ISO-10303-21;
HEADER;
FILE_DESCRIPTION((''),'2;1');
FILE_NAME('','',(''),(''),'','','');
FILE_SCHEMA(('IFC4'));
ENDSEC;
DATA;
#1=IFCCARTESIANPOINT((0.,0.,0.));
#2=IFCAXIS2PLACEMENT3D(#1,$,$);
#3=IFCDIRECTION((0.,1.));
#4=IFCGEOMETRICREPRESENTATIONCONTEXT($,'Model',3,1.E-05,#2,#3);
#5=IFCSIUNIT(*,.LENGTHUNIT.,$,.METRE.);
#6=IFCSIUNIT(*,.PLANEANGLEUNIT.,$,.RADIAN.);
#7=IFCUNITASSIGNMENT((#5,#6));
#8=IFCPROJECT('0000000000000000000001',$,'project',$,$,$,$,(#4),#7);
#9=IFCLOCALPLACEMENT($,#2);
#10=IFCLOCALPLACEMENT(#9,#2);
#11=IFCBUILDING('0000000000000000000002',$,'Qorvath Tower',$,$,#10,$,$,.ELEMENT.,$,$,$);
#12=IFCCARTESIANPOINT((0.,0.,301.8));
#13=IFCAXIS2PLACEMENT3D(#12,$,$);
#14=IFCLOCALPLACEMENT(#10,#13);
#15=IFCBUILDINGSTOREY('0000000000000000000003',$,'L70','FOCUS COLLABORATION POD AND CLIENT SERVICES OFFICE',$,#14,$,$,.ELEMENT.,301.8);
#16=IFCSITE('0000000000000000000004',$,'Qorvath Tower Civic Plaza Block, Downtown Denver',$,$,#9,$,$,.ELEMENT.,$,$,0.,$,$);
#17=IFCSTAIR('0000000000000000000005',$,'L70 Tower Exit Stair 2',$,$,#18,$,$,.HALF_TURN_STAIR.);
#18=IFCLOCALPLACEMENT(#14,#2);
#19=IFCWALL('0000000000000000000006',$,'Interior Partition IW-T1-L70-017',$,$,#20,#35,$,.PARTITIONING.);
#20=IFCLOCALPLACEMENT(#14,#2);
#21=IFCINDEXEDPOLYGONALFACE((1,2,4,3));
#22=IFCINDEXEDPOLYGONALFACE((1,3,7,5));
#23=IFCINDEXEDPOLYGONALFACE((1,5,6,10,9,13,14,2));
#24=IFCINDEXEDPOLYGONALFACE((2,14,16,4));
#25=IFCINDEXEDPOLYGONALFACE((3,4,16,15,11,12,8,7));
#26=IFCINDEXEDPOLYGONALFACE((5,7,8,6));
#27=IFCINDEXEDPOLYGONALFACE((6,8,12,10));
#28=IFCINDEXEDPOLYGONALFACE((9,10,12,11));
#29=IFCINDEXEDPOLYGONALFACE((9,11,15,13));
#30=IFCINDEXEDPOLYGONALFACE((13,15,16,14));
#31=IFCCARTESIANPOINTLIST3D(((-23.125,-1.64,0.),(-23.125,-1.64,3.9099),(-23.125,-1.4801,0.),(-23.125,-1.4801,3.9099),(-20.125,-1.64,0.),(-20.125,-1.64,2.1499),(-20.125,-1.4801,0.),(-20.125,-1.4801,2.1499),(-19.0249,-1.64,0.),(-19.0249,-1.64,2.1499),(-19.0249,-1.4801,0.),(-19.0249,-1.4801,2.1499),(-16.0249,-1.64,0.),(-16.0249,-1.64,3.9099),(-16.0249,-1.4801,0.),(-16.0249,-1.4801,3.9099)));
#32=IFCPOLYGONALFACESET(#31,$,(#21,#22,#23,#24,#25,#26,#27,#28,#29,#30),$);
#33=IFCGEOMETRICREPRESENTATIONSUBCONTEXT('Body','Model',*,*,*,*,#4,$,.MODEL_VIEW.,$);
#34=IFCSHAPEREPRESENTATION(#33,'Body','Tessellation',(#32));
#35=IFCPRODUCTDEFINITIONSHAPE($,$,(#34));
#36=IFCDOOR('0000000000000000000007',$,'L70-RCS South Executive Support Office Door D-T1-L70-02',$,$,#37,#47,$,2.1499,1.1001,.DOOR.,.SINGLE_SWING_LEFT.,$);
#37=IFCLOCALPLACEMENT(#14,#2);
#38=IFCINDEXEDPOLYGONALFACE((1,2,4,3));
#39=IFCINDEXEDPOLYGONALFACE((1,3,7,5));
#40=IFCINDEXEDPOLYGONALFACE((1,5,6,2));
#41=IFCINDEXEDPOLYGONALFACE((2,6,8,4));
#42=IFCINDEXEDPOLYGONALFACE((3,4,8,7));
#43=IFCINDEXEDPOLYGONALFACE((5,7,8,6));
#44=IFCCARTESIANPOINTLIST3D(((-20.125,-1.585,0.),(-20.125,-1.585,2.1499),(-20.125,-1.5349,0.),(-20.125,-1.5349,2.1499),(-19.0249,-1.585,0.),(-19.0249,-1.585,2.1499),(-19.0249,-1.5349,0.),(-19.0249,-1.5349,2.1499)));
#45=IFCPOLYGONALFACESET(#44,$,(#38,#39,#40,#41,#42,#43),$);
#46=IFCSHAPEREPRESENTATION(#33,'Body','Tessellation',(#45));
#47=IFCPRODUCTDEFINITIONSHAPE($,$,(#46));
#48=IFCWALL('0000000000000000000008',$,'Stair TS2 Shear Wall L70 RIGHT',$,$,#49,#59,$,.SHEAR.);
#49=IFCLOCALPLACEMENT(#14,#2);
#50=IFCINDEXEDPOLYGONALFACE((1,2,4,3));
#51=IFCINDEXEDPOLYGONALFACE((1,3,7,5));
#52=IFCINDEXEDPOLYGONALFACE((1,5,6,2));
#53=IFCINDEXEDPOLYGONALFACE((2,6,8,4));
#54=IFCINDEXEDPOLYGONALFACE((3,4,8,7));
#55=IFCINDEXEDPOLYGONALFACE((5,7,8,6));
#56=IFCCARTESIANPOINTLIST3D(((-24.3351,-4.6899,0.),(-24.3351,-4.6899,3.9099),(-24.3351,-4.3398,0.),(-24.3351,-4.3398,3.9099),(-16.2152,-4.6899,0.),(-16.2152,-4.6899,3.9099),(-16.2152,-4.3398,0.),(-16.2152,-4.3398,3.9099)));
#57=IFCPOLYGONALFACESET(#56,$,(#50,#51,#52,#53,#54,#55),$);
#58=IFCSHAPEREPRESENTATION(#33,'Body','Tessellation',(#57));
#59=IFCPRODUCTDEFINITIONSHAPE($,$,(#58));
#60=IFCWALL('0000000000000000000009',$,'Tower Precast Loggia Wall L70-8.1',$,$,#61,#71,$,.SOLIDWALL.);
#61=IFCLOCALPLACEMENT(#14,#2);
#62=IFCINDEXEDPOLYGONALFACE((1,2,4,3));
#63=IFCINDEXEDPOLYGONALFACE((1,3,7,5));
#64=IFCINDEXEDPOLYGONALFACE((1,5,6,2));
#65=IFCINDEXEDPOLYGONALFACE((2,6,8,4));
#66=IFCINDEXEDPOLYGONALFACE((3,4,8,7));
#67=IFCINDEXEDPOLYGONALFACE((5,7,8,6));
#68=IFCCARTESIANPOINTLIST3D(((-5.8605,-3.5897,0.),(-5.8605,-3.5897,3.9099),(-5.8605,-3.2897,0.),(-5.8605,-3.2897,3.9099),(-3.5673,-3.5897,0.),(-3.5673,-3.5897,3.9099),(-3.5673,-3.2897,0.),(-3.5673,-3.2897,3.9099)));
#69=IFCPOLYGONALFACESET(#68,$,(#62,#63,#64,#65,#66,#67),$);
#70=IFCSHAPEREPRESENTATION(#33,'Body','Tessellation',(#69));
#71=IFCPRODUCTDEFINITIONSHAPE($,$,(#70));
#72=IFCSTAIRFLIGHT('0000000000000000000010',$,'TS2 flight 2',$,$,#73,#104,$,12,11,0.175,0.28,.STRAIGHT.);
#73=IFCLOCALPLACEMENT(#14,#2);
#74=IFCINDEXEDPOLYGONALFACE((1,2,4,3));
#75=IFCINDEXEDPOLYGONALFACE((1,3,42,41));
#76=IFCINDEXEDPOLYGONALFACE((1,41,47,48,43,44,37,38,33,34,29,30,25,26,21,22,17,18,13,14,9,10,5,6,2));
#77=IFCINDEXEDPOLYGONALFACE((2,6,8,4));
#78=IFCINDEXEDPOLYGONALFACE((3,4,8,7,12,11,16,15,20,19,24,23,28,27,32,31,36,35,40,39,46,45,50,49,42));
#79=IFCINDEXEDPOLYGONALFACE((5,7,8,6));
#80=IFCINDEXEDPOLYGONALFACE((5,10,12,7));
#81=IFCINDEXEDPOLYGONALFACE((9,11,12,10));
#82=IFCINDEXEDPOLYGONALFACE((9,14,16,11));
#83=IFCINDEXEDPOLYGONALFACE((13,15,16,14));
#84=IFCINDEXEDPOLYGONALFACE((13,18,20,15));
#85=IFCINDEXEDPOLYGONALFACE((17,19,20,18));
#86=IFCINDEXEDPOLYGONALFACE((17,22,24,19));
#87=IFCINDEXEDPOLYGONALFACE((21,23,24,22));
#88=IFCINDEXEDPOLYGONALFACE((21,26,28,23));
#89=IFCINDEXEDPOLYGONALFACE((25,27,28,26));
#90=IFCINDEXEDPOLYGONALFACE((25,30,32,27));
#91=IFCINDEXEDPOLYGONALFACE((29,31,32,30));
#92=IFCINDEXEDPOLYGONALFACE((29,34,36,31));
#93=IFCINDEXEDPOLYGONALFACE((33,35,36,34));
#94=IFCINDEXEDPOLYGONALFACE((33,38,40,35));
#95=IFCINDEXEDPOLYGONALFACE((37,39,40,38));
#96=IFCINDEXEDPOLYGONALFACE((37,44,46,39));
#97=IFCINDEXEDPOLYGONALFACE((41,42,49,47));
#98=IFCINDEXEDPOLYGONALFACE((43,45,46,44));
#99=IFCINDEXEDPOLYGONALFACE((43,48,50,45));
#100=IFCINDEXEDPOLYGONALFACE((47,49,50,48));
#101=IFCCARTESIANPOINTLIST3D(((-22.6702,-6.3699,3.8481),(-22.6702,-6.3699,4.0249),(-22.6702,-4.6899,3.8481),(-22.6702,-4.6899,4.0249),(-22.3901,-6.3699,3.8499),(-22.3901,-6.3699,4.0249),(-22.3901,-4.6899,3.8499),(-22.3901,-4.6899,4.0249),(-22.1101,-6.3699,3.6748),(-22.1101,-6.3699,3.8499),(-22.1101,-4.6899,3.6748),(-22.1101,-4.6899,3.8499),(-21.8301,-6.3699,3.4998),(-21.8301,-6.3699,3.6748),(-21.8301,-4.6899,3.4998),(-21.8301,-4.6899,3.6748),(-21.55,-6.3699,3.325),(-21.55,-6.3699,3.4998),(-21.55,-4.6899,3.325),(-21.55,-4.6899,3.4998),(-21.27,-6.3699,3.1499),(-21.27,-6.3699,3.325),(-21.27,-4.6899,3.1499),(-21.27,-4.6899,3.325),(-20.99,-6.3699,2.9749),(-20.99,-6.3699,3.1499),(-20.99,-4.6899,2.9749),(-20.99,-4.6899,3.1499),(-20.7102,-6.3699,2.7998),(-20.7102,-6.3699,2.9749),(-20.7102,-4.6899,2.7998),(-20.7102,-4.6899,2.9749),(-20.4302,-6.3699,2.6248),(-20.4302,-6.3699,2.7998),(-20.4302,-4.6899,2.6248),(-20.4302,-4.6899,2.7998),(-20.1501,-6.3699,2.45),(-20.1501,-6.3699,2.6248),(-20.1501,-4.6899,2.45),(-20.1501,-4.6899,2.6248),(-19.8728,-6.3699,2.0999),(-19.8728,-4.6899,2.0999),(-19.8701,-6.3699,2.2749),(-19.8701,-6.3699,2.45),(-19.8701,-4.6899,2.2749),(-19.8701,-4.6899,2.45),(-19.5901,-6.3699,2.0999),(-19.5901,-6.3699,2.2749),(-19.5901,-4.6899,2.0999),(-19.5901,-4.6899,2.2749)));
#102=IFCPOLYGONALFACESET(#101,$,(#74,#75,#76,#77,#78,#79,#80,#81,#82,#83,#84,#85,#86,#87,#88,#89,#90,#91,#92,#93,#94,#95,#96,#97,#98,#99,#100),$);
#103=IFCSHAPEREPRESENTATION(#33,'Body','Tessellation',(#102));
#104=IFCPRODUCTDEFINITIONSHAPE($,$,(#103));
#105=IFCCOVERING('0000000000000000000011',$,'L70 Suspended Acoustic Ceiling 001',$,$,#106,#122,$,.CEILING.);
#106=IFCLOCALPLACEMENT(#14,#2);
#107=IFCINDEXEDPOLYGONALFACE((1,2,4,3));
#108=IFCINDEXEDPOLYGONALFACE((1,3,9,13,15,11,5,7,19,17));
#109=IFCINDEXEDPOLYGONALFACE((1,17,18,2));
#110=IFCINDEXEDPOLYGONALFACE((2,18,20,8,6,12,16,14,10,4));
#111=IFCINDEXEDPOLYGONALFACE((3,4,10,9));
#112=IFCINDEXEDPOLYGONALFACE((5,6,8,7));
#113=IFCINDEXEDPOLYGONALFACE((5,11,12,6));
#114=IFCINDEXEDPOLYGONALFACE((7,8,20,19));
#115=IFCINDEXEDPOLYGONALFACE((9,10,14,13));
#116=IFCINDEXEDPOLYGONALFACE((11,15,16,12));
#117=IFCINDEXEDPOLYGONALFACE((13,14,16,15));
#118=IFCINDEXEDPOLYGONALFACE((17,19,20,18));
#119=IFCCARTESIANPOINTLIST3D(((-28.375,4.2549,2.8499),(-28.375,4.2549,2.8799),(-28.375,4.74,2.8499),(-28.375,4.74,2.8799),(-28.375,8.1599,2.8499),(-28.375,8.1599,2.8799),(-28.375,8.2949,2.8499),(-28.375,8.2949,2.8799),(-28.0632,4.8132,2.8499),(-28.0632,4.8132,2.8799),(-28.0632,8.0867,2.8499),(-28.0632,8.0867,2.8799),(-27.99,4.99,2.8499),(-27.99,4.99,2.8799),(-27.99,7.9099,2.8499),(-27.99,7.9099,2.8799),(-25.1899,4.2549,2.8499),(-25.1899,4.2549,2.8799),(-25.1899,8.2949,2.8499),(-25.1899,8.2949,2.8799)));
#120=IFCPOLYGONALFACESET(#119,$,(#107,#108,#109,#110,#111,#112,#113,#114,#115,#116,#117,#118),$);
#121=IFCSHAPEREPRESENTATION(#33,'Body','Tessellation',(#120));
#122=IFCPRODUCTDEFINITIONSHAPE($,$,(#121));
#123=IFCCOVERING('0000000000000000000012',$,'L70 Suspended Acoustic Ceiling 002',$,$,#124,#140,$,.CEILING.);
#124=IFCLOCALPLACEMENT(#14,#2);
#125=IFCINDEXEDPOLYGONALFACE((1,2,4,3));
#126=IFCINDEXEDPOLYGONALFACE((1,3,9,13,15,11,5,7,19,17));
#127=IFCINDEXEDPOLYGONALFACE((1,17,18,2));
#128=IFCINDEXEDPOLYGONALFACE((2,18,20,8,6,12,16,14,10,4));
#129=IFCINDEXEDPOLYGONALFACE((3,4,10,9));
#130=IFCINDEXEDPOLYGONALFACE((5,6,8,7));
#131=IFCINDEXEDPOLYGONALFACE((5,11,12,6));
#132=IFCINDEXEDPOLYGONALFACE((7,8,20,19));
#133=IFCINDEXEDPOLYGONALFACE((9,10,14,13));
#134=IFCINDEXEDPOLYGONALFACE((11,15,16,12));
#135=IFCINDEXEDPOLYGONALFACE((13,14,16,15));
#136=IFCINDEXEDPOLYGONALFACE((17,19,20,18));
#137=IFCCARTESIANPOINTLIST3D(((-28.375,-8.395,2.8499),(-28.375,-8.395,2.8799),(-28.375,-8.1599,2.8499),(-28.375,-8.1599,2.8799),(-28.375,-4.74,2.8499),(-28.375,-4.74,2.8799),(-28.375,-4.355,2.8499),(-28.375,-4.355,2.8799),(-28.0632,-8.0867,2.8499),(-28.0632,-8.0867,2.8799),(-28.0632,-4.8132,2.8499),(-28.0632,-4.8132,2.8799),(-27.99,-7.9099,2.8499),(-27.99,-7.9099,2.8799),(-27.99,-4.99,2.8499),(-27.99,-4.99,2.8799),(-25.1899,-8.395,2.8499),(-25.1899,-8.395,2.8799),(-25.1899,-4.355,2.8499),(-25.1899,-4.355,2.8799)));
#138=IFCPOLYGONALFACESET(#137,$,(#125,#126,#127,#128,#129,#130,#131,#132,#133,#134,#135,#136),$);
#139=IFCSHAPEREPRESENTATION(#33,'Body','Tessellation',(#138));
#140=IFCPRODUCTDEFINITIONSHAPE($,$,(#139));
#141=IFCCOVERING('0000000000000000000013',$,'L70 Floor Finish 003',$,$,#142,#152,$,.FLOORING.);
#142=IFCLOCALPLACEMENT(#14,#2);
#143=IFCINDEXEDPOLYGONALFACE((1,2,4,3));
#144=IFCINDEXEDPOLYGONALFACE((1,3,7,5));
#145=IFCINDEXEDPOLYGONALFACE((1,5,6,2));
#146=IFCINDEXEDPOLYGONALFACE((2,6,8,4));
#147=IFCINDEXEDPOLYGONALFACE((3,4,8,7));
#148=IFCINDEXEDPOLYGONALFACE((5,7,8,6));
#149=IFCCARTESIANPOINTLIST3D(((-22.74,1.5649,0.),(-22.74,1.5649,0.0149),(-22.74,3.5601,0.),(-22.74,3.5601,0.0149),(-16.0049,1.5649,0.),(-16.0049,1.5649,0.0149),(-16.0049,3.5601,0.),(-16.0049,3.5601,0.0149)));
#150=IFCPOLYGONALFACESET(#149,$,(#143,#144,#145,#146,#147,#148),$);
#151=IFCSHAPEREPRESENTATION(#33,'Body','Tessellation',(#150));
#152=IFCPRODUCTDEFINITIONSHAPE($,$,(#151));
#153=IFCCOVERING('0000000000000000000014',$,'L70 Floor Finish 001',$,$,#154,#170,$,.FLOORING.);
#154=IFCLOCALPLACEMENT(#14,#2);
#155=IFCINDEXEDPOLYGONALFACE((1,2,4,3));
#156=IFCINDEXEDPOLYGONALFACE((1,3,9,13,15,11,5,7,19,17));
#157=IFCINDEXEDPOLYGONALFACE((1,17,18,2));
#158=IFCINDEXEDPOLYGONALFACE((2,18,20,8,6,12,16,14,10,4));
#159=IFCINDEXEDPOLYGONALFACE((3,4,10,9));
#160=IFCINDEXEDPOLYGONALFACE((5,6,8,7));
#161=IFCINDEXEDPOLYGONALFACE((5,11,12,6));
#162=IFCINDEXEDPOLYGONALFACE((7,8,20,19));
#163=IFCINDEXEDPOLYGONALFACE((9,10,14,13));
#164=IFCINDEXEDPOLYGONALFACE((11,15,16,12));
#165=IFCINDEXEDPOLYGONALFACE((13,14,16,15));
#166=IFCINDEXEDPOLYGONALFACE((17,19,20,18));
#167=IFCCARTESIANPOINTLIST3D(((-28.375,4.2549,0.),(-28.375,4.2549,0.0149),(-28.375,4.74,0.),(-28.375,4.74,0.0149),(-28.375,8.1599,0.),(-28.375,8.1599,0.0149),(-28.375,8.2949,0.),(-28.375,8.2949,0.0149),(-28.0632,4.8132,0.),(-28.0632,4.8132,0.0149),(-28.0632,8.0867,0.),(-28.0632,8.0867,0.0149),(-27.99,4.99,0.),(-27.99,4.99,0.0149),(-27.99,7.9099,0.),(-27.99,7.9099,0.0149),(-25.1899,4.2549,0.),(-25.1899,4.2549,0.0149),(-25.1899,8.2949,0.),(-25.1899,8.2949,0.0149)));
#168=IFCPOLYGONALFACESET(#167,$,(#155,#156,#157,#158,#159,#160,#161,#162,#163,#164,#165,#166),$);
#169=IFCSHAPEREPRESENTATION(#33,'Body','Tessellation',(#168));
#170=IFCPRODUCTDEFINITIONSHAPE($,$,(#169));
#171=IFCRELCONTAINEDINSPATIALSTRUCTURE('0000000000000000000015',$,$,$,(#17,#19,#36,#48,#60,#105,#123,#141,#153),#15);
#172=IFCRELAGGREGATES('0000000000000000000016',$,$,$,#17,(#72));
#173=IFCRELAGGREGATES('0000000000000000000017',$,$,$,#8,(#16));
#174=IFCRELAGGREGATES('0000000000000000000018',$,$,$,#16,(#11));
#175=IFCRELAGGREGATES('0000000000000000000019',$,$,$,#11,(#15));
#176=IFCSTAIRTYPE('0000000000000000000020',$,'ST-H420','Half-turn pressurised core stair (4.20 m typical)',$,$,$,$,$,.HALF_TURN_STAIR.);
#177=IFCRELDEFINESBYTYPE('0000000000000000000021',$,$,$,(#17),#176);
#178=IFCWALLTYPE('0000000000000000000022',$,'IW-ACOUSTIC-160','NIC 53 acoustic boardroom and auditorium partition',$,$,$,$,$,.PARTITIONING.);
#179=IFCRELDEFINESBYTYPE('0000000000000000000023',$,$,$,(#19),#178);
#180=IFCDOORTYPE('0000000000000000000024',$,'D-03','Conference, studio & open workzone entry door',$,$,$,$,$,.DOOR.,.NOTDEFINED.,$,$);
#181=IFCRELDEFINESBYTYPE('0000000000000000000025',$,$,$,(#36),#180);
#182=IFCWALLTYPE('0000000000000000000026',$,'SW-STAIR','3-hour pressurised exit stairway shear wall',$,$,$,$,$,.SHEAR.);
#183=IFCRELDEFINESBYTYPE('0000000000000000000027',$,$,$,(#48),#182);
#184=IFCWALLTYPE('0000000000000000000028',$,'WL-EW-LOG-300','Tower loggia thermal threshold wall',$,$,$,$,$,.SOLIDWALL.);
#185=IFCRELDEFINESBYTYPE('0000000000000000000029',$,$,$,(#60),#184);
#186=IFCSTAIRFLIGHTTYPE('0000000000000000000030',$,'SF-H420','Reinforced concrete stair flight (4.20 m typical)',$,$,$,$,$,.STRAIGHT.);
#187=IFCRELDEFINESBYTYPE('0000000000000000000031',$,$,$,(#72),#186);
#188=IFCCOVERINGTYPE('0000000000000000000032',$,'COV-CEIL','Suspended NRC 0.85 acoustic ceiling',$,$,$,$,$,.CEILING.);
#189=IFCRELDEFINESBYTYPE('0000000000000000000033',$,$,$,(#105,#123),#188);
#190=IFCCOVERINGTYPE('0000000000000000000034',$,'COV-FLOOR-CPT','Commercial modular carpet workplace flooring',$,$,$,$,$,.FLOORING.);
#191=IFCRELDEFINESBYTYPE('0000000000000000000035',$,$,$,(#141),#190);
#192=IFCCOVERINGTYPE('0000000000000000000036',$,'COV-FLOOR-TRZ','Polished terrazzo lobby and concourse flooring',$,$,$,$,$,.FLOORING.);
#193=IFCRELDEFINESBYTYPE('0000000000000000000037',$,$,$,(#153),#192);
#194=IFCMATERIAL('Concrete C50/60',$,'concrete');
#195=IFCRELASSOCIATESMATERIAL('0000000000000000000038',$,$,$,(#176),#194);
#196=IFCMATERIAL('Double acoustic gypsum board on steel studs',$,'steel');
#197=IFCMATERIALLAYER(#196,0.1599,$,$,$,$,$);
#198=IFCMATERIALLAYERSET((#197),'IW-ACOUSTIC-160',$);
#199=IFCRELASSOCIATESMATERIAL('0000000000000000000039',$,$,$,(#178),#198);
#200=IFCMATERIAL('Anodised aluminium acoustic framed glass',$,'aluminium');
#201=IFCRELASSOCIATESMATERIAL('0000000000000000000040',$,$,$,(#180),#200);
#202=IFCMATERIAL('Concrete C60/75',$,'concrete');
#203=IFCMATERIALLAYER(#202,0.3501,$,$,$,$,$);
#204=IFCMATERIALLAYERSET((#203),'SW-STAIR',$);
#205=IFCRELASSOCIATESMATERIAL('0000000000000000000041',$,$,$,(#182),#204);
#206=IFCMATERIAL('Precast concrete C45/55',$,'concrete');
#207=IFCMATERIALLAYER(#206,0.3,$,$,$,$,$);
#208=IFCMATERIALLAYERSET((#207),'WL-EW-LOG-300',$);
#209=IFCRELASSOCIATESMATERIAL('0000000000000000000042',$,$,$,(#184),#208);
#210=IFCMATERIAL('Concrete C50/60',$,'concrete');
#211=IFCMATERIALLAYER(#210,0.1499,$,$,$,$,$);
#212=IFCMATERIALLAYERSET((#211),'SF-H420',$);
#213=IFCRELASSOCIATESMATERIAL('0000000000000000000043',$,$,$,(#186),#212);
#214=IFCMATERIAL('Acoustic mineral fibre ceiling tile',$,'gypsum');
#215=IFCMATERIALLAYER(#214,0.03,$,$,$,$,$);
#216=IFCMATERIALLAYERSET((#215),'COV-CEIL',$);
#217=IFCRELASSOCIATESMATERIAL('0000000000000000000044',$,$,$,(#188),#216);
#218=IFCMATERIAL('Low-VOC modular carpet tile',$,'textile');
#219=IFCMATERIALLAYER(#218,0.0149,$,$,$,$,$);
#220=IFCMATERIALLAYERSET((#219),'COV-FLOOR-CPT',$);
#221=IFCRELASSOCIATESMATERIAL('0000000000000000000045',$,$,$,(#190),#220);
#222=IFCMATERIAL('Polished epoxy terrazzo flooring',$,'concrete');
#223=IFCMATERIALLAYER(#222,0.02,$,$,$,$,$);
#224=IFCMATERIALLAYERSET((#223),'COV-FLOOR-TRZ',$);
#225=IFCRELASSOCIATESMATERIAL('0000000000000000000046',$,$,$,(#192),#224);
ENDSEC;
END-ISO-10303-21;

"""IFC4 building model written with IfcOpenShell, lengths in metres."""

from ifc_helpers import new_model, si_unit, direction, frame, frame_2d, origin, place, context, subcontext, project, spatial, polyline, rectangle, outline, extrude, material, layer, layer_set, type_object, element, fill, aggregate, save


model = new_model("IFC4")

# Units and contexts
model_context = context("Model", 3, precision=1e-05, world=origin(), true_north=direction((0.0, 1.0)))
body_context = subcontext(model_context, "Body", "Model", "MODEL_VIEW")
ifc_project = project(units=[si_unit("LENGTHUNIT", "METRE"), si_unit("PLANEANGLEUNIT", "RADIAN")], contexts=[model_context])

# Site, building, storey
site_placement = place(None, origin())
site = spatial("IfcSite", under=ifc_project, at=site_placement, Name="Qorvath Tower Civic Plaza Block, Downtown Denver", CompositionType="ELEMENT", RefElevation=0.0)
building_placement = place(site_placement, origin())
building = spatial("IfcBuilding", under=site, at=building_placement, Name="Qorvath Tower", CompositionType="ELEMENT")
storey_placement = place(building_placement, frame((0.0, 0.0, 301.8)))
storey = spatial("IfcBuildingStorey", under=building, at=storey_placement, Name="L70", Description="FOCUS COLLABORATION POD AND CLIENT SERVICES OFFICE", CompositionType="ELEMENT", Elevation=301.8)

# Stair
ifc_material_1 = material(Name="Concrete C50/60", Category="concrete")
stair_type = type_object("IfcStairType", Name="ST-H420", Description="Half-turn pressurised core stair (4.20 m typical)", PredefinedType="HALF_TURN_STAIR", material=ifc_material_1)
stair_1_placement = place(storey_placement, origin())
stair_1 = element("IfcStair", 1, at=stair_1_placement, inside=storey, type_object=stair_type, Name="L70 Tower Exit Stair 2", PredefinedType="HALF_TURN_STAIR")

# Shared definitions
ifc_material_2 = material(Name="Double acoustic gypsum board on steel studs", Category="steel")
ifc_layer_1 = layer(ifc_material_2, 0.1599)
ifc_layer_set_1 = layer_set([ifc_layer_1], Name="IW-ACOUSTIC-160")
wall_type_1 = type_object("IfcWallType", Name="IW-ACOUSTIC-160", Description="NIC 53 acoustic boardroom and auditorium partition", PredefinedType="PARTITIONING", material=ifc_layer_set_1)

# Wall, opening, door
wall_1_placement = place(storey_placement, frame((-16.0249, -1.5601, 0.0), z_axis=(0.0, 0.0, 1.0), x_axis=(-1.0, 0.0, 0.0)))
wall_1 = element("IfcWall", 2, at=wall_1_placement, inside=storey, type_object=wall_type_1, Name="Interior Partition IW-T1-L70-017", PredefinedType="PARTITIONING", context=body_context, shape_type="SweptSolid", body=[
    extrude(rectangle(XDim=7.1001, YDim=0.1599, at=frame_2d((3.55, 0.0))), origin(), (0.0, 0.0, 1.0), 3.9099),
])
opening_placement = place(wall_1_placement, frame((3.0, 0.0, 0.0)))
opening = element("IfcOpeningElement", 3, at=opening_placement, cuts=wall_1, PredefinedType="OPENING", context=body_context, shape_type="SweptSolid", body=[
    extrude(rectangle(XDim=1.1001, YDim=2.1499, at=frame_2d((0.55, 1.075))), frame((0.0, 0.0898, 0.0), z_axis=(0.0, -1.0, 0.0), x_axis=(1.0, 0.0, 0.0)), (0.0, 0.0, 1.0), 0.1799),
])
ifc_material_3 = material(Name="Anodised aluminium acoustic framed glass", Category="aluminium")
door_type = type_object("IfcDoorType", Name="D-03", Description="Conference, studio & open workzone entry door", OperationType="NOTDEFINED", PredefinedType="DOOR", material=ifc_material_3)
door_placement = place(opening_placement, origin())
door = element("IfcDoor", 4, at=door_placement, inside=storey, type_object=door_type, Name="L70-RCS South Executive Support Office Door D-T1-L70-02", OperationType="SINGLE_SWING_LEFT", OverallHeight=2.1499, OverallWidth=1.1001, PredefinedType="DOOR", context=body_context, shape_type="SweptSolid", body=[
    extrude(rectangle(XDim=1.1001, YDim=2.1499, at=frame_2d((0.55, 1.075))), frame((0.0, 0.0249, 0.0), z_axis=(0.0, -1.0, 0.0), x_axis=(1.0, 0.0, 0.0)), (0.0, 0.0, 1.0), 0.05),
])
fill(opening, door)

# Walls
ifc_material_4 = material(Name="Concrete C60/75", Category="concrete")
ifc_layer_2 = layer(ifc_material_4, 0.3501)
ifc_layer_set_2 = layer_set([ifc_layer_2], Name="SW-STAIR")
wall_type_2 = type_object("IfcWallType", Name="SW-STAIR", Description="3-hour pressurised exit stairway shear wall", PredefinedType="SHEAR", material=ifc_layer_set_2)
wall_2_placement = place(storey_placement, frame((-16.2151, -4.5149, 0.0), z_axis=(0.0, 0.0, 1.0), x_axis=(-1.0, 0.0, 0.0)))
element("IfcWall", 5, at=wall_2_placement, inside=storey, type_object=wall_type_2, Name="Stair TS2 Shear Wall L70 RIGHT", PredefinedType="SHEAR", context=body_context, shape_type="SweptSolid", body=[
    extrude(rectangle(XDim=8.1199, YDim=0.3501, at=frame_2d((4.0601, 0.0))), origin(), (0.0, 0.0, 1.0), 3.9099),
])
ifc_material_5 = material(Name="Precast concrete C45/55", Category="concrete")
ifc_layer_3 = layer(ifc_material_5, 0.3)
ifc_layer_set_3 = layer_set([ifc_layer_3], Name="WL-EW-LOG-300")
wall_type_3 = type_object("IfcWallType", Name="WL-EW-LOG-300", Description="Tower loggia thermal threshold wall", PredefinedType="SOLIDWALL", material=ifc_layer_set_3)
wall_3_placement = place(storey_placement, frame((-3.5674, -3.4397, 0.0), z_axis=(0.0, 0.0, 1.0), x_axis=(-1.0, 0.0, 0.0)))
element("IfcWall", 6, at=wall_3_placement, inside=storey, type_object=wall_type_3, Name="Tower Precast Loggia Wall L70-8.1", PredefinedType="SOLIDWALL", context=body_context, shape_type="SweptSolid", body=[
    extrude(rectangle(XDim=2.2932, YDim=0.3, at=frame_2d((1.1465, 0.0))), origin(), (0.0, 0.0, 1.0), 3.9099),
])

# Stair flight
ifc_material_6 = material(Name="Concrete C50/60", Category="concrete")
ifc_layer_4 = layer(ifc_material_6, 0.1499)
ifc_layer_set_4 = layer_set([ifc_layer_4], Name="SF-H420")
stair_flight_type = type_object("IfcStairFlightType", Name="SF-H420", Description="Reinforced concrete stair flight (4.20 m typical)", PredefinedType="STRAIGHT", material=ifc_layer_set_4)
stair_flight_placement = place(storey_placement, frame((-19.5901, -5.53, 2.0999), z_axis=(0.0, 0.0, 1.0), x_axis=(-1.0, 0.0, 0.0)))
stair_flight = element("IfcStairFlight", 7, at=stair_flight_placement, type_object=stair_flight_type, Name="TS2 flight 2", NumberOfRisers=12, NumberOfTreads=11, PredefinedType="STRAIGHT", RiserHeight=0.175, TreadLength=0.28, context=body_context, shape_type="SweptSolid", body=[
    extrude(outline(polyline([(0.0, 0.0), (0.0, 0.175), (0.28, 0.175), (0.28, 0.3501), (0.5601, 0.3501), (0.5601, 0.5249), (0.8401, 0.5249), (0.8401, 0.7), (1.1201, 0.7), (1.1201, 0.875), (1.3999, 0.875), (1.3999, 1.05), (1.6799, 1.05), (1.6799, 1.2251), (1.96, 1.2251), (1.96, 1.3999), (2.24, 1.3999), (2.24, 1.575), (2.52, 1.575), (2.52, 1.75), (2.8, 1.75), (2.8, 1.925), (3.0801, 1.925), (3.0801, 2.1001), (3.0801, 1.7483), (0.2827, 0.0), (0.0, 0.0)])), frame((0.0, 0.8398, 0.0), z_axis=(0.0, -1.0, 0.0), x_axis=(1.0, 0.0, 0.0)), (0.0, 0.0, 1.0), 1.6799),
])
aggregate(stair_1, [stair_flight])

# Coverings
ifc_material_7 = material(Name="Acoustic mineral fibre ceiling tile", Category="gypsum")
ifc_layer_5 = layer(ifc_material_7, 0.03)
ifc_layer_set_5 = layer_set([ifc_layer_5], Name="COV-CEIL")
covering_type_1 = type_object("IfcCoveringType", Name="COV-CEIL", Description="Suspended NRC 0.85 acoustic ceiling", PredefinedType="CEILING", material=ifc_layer_set_5)
covering_1_placement = place(storey_placement, frame((0.0, 0.0, 2.8499)))
element("IfcCovering", 8, at=covering_1_placement, inside=storey, type_object=covering_type_1, Name="L70 Suspended Acoustic Ceiling 001", PredefinedType="CEILING", context=body_context, shape_type="SweptSolid", body=[
    extrude(outline(polyline([(-25.1899, 4.2549), (-25.1899, 8.2949), (-28.375, 8.2949), (-28.375, 8.1599), (-28.0632, 8.0867), (-27.99, 7.9099), (-27.99, 4.99), (-28.0632, 4.8132), (-28.375, 4.74), (-28.375, 4.2549), (-25.1899, 4.2549)])), origin(), (0.0, 0.0, 1.0), 0.03),
])
covering_2_placement = place(storey_placement, frame((0.0, 0.0, 2.8499)))
element("IfcCovering", 9, at=covering_2_placement, inside=storey, type_object=covering_type_1, Name="L70 Suspended Acoustic Ceiling 002", PredefinedType="CEILING", context=body_context, shape_type="SweptSolid", body=[
    extrude(outline(polyline([(-25.1899, -8.395), (-25.1899, -4.355), (-28.375, -4.355), (-28.375, -4.74), (-28.0632, -4.8132), (-27.99, -4.99), (-27.99, -7.9099), (-28.0632, -8.0867), (-28.375, -8.1599), (-28.375, -8.395), (-25.1899, -8.395)])), origin(), (0.0, 0.0, 1.0), 0.03),
])
ifc_material_8 = material(Name="Low-VOC modular carpet tile", Category="textile")
ifc_layer_6 = layer(ifc_material_8, 0.0149)
ifc_layer_set_6 = layer_set([ifc_layer_6], Name="COV-FLOOR-CPT")
covering_type_2 = type_object("IfcCoveringType", Name="COV-FLOOR-CPT", Description="Commercial modular carpet workplace flooring", PredefinedType="FLOORING", material=ifc_layer_set_6)
covering_3_placement = place(storey_placement, origin())
element("IfcCovering", 10, at=covering_3_placement, inside=storey, type_object=covering_type_2, Name="L70 Floor Finish 003", PredefinedType="FLOORING", context=body_context, shape_type="SweptSolid", body=[
    extrude(outline(polyline([(-16.0049, 3.5601), (-22.74, 3.5601), (-22.74, 1.5649), (-16.0049, 1.5649), (-16.0049, 3.5601)])), origin(), (0.0, 0.0, 1.0), 0.0149),
])
ifc_material_9 = material(Name="Polished epoxy terrazzo flooring", Category="concrete")
ifc_layer_7 = layer(ifc_material_9, 0.02)
ifc_layer_set_7 = layer_set([ifc_layer_7], Name="COV-FLOOR-TRZ")
covering_type_3 = type_object("IfcCoveringType", Name="COV-FLOOR-TRZ", Description="Polished terrazzo lobby and concourse flooring", PredefinedType="FLOORING", material=ifc_layer_set_7)
covering_4_placement = place(storey_placement, origin())
element("IfcCovering", 11, at=covering_4_placement, inside=storey, type_object=covering_type_3, Name="L70 Floor Finish 001", PredefinedType="FLOORING", context=body_context, shape_type="SweptSolid", body=[
    extrude(outline(polyline([(-25.1899, 4.2549), (-25.1899, 8.2949), (-28.375, 8.2949), (-28.375, 8.1599), (-28.0632, 8.0867), (-27.99, 7.9099), (-27.99, 4.99), (-28.0632, 4.8132), (-28.375, 4.74), (-28.375, 4.2549), (-25.1899, 4.2549)])), origin(), (0.0, 0.0, 1.0), 0.0149),
])

save(model, "model.ifc")
